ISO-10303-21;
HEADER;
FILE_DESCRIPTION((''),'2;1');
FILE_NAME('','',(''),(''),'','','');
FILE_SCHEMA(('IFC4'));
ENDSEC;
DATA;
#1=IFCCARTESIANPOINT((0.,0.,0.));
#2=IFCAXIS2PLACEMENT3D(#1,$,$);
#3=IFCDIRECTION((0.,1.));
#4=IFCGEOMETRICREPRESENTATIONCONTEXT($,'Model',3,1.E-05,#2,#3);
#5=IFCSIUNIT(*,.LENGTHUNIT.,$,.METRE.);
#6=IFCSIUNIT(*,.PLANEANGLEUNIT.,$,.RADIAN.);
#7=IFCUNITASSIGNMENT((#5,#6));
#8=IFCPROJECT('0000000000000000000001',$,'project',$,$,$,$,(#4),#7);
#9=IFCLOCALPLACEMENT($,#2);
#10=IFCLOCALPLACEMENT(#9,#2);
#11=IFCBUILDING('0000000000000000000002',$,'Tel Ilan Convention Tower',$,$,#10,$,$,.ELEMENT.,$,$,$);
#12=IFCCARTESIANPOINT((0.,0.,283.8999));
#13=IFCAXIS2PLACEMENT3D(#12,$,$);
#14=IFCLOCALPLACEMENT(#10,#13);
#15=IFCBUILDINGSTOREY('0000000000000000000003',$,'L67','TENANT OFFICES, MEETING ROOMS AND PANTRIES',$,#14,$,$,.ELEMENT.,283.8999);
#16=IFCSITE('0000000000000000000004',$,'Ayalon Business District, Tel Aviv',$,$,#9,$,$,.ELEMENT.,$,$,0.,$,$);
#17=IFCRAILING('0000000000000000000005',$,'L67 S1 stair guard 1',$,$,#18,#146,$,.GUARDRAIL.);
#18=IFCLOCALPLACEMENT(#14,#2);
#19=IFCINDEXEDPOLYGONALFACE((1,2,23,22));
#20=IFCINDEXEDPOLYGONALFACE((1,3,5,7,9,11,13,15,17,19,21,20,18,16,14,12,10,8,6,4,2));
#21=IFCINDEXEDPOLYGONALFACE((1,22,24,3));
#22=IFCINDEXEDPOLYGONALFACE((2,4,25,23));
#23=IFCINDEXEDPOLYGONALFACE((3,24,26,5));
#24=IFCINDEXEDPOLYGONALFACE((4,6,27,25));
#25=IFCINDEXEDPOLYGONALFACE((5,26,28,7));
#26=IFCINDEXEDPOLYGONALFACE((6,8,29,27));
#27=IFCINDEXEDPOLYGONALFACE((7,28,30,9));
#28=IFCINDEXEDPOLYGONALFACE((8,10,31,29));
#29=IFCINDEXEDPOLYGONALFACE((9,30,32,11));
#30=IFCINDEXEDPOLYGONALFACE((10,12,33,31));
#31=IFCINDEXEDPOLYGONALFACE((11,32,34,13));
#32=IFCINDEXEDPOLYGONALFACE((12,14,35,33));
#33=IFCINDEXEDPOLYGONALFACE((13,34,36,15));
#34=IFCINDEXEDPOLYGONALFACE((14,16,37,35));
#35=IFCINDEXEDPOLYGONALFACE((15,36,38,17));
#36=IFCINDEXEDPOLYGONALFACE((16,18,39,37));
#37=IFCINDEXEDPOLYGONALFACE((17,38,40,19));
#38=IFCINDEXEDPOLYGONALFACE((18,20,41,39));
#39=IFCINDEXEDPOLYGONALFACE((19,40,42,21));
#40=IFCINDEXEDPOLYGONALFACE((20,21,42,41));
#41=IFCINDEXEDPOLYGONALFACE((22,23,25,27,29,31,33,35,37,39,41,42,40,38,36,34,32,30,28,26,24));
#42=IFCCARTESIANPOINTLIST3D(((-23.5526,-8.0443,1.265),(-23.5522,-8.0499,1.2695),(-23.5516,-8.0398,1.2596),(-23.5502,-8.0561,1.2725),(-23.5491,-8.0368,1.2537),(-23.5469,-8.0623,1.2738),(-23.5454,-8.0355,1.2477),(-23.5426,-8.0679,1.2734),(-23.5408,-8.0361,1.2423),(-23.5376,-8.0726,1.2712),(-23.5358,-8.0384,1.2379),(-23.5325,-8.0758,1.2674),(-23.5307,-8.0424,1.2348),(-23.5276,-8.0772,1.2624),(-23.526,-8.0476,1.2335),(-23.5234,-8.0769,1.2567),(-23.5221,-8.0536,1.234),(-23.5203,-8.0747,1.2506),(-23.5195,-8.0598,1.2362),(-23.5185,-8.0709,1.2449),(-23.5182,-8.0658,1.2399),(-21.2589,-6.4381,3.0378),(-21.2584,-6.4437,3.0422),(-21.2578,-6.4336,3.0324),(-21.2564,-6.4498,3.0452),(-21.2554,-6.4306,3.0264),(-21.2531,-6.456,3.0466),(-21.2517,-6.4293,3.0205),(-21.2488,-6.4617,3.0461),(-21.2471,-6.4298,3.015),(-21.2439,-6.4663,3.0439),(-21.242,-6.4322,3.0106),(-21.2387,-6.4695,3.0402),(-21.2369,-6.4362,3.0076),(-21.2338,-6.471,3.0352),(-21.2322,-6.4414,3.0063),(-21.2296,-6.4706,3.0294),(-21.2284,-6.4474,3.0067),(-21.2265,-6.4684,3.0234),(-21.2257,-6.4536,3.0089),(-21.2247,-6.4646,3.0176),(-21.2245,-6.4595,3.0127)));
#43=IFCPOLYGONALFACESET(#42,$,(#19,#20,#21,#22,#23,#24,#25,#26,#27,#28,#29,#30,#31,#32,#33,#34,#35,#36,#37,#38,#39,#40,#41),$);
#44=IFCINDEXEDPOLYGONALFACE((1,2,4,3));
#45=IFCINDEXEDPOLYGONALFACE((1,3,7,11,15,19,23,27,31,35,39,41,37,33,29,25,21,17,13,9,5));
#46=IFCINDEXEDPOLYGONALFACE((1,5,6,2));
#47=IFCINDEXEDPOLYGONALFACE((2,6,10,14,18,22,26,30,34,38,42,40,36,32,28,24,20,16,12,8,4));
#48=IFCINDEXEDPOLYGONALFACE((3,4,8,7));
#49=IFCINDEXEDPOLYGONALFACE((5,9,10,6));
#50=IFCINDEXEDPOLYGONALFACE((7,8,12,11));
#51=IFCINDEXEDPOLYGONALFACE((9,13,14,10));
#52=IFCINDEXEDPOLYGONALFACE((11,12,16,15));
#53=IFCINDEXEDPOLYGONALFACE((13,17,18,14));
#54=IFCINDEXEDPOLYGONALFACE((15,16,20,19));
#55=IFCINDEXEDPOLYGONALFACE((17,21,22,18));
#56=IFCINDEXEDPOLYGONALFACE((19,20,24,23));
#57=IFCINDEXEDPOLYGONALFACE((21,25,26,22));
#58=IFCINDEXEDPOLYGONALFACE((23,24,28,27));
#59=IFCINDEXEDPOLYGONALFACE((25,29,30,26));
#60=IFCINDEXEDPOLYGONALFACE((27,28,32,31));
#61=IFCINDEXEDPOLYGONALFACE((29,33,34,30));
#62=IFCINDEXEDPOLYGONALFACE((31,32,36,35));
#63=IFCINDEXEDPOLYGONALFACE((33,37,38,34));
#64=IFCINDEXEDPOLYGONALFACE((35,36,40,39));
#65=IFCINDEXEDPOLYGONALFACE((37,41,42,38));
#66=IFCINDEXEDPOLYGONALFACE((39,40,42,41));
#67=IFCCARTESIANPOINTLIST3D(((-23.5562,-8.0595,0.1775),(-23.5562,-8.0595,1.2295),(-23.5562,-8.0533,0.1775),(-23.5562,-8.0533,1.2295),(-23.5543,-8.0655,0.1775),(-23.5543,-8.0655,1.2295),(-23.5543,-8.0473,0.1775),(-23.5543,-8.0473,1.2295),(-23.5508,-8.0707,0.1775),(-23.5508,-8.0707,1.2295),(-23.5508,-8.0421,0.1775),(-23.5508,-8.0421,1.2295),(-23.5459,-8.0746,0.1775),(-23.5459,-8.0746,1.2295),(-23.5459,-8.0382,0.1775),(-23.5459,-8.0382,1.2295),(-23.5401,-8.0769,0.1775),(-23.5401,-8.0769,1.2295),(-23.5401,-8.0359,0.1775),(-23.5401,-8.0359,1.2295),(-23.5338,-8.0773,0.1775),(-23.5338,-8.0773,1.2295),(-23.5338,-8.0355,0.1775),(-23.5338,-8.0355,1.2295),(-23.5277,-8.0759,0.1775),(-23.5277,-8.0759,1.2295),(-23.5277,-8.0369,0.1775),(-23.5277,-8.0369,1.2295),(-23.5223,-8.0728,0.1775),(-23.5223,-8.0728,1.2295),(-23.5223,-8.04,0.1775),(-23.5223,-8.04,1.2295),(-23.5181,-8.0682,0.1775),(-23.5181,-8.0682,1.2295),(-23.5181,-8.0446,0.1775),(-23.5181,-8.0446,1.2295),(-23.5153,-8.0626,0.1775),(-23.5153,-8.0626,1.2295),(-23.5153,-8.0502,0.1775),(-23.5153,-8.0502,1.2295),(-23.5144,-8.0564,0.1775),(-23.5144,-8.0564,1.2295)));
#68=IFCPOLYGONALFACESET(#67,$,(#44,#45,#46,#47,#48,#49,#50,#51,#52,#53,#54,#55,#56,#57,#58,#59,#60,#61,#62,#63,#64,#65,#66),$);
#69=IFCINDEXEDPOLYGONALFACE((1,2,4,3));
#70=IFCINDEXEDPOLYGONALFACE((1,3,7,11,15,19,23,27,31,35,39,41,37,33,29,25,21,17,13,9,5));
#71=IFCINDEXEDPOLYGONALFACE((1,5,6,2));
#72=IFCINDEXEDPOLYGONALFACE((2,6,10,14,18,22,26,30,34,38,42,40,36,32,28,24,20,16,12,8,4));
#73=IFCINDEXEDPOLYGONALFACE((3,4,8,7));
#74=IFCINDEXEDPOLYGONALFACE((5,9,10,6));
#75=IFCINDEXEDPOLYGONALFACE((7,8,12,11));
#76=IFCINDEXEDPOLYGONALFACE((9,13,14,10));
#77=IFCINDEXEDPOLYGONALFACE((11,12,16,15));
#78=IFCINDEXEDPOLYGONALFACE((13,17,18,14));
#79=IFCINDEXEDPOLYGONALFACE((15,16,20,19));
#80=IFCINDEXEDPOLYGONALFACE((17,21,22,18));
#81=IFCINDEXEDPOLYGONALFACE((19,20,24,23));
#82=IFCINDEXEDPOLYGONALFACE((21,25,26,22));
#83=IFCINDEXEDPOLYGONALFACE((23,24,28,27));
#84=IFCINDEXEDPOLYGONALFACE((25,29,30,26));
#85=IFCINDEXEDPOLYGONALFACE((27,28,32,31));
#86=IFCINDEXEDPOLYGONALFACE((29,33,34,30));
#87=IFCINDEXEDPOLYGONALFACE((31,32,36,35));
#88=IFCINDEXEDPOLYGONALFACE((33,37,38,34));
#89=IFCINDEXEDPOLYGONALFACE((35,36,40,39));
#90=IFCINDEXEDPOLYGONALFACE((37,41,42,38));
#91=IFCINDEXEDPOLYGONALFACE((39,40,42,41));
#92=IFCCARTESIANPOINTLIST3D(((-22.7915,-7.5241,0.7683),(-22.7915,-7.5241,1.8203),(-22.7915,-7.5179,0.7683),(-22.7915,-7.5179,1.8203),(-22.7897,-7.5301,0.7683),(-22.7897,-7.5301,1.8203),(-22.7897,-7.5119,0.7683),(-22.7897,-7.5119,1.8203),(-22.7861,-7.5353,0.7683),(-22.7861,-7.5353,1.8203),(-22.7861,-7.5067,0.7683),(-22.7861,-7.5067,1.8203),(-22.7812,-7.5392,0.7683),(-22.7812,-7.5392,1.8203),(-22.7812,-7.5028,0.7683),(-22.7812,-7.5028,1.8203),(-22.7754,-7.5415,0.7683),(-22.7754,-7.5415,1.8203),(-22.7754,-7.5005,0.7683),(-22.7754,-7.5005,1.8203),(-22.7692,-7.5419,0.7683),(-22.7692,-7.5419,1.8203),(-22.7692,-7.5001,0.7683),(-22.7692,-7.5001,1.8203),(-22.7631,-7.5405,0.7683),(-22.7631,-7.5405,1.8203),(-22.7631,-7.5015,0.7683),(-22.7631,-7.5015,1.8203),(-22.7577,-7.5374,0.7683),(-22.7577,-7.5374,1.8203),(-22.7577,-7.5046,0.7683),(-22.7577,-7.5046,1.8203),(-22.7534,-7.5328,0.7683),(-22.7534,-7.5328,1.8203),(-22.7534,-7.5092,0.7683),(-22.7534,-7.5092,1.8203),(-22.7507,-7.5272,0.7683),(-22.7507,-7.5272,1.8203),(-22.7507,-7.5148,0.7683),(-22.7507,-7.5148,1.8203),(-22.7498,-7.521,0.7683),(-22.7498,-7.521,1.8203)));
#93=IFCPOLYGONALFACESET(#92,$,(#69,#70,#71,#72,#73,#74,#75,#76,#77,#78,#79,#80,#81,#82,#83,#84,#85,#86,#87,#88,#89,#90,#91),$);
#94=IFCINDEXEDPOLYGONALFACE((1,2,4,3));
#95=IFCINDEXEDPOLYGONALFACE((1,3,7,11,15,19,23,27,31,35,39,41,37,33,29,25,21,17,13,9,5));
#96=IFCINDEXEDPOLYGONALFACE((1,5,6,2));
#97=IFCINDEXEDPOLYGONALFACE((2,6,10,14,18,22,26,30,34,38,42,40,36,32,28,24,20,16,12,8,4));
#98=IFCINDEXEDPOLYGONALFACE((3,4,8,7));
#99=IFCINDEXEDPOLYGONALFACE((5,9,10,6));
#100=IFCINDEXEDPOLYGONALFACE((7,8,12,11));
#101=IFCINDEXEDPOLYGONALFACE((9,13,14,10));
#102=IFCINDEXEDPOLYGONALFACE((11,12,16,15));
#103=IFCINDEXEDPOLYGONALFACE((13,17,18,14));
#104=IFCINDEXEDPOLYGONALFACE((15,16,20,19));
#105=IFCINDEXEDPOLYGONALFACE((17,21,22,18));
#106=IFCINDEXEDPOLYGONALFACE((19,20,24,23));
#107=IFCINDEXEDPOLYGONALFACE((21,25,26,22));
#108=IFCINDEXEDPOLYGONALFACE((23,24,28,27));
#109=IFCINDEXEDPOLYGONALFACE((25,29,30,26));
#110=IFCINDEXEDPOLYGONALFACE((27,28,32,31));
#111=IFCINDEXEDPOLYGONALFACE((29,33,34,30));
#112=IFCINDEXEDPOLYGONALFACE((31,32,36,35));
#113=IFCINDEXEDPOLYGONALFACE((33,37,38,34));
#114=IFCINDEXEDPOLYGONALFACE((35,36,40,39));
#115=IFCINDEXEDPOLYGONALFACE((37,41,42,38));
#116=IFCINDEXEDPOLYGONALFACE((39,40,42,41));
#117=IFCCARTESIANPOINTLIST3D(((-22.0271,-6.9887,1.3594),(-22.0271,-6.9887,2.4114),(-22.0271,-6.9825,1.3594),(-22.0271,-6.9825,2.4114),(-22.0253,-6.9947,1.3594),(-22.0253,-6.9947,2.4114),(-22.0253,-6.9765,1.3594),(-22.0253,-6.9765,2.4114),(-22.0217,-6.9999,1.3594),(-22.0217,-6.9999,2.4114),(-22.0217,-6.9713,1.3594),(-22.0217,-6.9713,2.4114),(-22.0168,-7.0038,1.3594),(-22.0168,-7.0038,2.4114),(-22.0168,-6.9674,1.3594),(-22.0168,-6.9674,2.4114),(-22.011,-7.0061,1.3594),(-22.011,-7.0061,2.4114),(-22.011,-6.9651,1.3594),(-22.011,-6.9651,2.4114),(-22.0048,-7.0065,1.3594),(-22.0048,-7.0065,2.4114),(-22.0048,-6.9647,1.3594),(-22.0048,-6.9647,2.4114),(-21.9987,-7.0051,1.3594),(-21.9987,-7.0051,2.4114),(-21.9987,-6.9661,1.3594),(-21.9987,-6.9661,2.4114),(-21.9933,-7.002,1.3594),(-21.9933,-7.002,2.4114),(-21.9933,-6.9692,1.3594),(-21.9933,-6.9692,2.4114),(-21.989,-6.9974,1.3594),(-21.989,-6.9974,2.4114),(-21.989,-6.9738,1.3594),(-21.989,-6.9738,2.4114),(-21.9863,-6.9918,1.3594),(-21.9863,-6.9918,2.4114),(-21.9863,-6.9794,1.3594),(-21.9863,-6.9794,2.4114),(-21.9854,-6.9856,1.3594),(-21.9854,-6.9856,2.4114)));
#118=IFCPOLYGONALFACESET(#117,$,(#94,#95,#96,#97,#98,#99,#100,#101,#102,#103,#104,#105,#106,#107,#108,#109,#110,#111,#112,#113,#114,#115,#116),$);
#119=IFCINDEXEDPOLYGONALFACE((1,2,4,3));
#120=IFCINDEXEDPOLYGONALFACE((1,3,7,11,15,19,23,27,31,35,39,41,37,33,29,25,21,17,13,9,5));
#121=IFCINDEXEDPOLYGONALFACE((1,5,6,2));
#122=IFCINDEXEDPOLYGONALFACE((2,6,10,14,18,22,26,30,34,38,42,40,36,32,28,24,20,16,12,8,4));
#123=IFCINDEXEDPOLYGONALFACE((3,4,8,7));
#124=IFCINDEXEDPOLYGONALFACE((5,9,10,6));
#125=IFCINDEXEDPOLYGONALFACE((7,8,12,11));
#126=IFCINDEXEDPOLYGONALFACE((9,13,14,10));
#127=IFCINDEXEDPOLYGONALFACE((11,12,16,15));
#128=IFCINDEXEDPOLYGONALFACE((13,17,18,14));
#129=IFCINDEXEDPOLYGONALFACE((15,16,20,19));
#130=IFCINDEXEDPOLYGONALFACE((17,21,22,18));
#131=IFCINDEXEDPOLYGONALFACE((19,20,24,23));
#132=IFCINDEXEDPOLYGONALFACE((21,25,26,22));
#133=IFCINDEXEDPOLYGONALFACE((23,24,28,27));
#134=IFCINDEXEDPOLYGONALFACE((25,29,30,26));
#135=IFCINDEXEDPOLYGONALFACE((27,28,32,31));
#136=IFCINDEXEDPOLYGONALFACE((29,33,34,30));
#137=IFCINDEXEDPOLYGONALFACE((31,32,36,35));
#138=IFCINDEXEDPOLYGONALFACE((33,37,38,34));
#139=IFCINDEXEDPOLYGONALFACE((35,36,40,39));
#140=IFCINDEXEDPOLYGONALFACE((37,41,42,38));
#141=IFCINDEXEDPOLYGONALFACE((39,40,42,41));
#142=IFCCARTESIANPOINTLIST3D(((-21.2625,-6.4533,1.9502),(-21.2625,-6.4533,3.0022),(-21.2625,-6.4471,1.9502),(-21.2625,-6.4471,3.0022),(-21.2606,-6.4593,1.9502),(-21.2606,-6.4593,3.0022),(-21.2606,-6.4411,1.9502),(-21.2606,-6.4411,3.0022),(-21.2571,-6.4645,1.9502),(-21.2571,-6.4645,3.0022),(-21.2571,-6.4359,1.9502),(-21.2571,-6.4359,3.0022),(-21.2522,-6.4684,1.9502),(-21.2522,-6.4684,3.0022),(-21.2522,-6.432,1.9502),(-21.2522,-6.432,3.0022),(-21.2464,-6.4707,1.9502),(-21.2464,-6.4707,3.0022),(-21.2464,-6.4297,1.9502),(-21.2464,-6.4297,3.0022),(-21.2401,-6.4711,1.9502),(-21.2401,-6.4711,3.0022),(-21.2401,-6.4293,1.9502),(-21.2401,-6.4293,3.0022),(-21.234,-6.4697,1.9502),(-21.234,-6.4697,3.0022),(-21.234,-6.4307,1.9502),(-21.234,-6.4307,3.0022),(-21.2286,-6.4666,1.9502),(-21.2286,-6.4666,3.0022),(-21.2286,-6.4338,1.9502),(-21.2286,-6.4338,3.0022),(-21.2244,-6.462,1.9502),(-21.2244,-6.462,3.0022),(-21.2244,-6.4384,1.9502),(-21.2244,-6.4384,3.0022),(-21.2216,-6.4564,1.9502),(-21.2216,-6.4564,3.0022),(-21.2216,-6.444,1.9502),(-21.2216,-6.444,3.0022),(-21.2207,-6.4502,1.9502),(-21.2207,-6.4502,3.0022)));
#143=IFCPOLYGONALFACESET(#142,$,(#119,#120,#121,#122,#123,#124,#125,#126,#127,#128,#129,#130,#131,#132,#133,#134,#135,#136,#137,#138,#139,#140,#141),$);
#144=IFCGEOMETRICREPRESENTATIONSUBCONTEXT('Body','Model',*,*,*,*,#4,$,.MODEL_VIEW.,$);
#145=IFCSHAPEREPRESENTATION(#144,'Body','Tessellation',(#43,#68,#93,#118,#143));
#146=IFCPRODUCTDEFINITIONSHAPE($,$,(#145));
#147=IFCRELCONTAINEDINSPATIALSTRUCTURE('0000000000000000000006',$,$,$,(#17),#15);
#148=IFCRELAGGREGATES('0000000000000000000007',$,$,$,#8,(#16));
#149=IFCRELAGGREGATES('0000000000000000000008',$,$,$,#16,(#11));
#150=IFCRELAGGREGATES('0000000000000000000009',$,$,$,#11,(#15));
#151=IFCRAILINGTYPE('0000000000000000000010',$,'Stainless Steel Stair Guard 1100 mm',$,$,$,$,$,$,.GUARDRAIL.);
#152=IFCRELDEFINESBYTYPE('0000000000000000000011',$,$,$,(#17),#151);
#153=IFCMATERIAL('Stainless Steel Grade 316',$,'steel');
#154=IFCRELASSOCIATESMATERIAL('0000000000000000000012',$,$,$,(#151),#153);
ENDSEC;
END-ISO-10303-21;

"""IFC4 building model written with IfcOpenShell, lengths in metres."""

from ifc_helpers import new_model, si_unit, direction, frame, origin, origin_2d, place, context, subcontext, project, spatial, circle, extrude, material, type_object, element, save


model = new_model("IFC4")

# Units and contexts
model_context = context("Model", 3, precision=1e-05, world=origin(), true_north=direction((0.0, 1.0)))
body_context = subcontext(model_context, "Body", "Model", "MODEL_VIEW")
ifc_project = project(units=[si_unit("LENGTHUNIT", "METRE"), si_unit("PLANEANGLEUNIT", "RADIAN")], contexts=[model_context])

# Site, building, storey
site_placement = place(None, origin())
site = spatial("IfcSite", under=ifc_project, at=site_placement, Name="Ayalon Business District, Tel Aviv", CompositionType="ELEMENT", RefElevation=0.0)
building_placement = place(site_placement, origin())
building = spatial("IfcBuilding", under=site, at=building_placement, Name="Tel Ilan Convention Tower", CompositionType="ELEMENT")
storey_placement = place(building_placement, frame((0.0, 0.0, 283.8999)))
storey = spatial("IfcBuildingStorey", under=building, at=storey_placement, Name="L67", Description="TENANT OFFICES, MEETING ROOMS AND PANTRIES", CompositionType="ELEMENT", Elevation=283.8999)

# Railing
ifc_material_1 = material(Name="Stainless Steel Grade 316", Category="steel")
railing_type_1 = type_object("IfcRailingType", Name="Stainless Steel Stair Guard 1100 mm", PredefinedType="GUARDRAIL", material=ifc_material_1)
railing_1_placement = place(storey_placement, frame((-23.5354, -8.0564, 0.1775)))
element("IfcRailing", 1, at=railing_1_placement, inside=storey, type_object=railing_type_1, Name="L67 S1 stair guard 1", PredefinedType="GUARDRAIL", context=body_context, shape_type="SweptSolid", body=[
    extrude(circle(Radius=0.0239, at=origin_2d()), frame((0.0, 0.0, 1.0762), z_axis=(0.692098, 0.484653, 0.534894), x_axis=(-0.573609, 0.81913, 0.0)), (0.0, 0.0, 1.0), 3.3142),
    extrude(circle(Radius=0.021, at=origin_2d()), origin(), (0.0, 0.0, 1.0), 1.052),
    extrude(circle(Radius=0.021, at=origin_2d()), frame((0.7646, 0.5354, 0.5908)), (0.0, 0.0, 1.0), 1.052),
    extrude(circle(Radius=0.021, at=origin_2d()), frame((1.5291, 1.0708, 1.1819)), (0.0, 0.0, 1.0), 1.052),
    extrude(circle(Radius=0.021, at=origin_2d()), frame((2.2937, 1.6062, 1.7727)), (0.0, 0.0, 1.0), 1.052),
])

save(model, "model.ifc")
